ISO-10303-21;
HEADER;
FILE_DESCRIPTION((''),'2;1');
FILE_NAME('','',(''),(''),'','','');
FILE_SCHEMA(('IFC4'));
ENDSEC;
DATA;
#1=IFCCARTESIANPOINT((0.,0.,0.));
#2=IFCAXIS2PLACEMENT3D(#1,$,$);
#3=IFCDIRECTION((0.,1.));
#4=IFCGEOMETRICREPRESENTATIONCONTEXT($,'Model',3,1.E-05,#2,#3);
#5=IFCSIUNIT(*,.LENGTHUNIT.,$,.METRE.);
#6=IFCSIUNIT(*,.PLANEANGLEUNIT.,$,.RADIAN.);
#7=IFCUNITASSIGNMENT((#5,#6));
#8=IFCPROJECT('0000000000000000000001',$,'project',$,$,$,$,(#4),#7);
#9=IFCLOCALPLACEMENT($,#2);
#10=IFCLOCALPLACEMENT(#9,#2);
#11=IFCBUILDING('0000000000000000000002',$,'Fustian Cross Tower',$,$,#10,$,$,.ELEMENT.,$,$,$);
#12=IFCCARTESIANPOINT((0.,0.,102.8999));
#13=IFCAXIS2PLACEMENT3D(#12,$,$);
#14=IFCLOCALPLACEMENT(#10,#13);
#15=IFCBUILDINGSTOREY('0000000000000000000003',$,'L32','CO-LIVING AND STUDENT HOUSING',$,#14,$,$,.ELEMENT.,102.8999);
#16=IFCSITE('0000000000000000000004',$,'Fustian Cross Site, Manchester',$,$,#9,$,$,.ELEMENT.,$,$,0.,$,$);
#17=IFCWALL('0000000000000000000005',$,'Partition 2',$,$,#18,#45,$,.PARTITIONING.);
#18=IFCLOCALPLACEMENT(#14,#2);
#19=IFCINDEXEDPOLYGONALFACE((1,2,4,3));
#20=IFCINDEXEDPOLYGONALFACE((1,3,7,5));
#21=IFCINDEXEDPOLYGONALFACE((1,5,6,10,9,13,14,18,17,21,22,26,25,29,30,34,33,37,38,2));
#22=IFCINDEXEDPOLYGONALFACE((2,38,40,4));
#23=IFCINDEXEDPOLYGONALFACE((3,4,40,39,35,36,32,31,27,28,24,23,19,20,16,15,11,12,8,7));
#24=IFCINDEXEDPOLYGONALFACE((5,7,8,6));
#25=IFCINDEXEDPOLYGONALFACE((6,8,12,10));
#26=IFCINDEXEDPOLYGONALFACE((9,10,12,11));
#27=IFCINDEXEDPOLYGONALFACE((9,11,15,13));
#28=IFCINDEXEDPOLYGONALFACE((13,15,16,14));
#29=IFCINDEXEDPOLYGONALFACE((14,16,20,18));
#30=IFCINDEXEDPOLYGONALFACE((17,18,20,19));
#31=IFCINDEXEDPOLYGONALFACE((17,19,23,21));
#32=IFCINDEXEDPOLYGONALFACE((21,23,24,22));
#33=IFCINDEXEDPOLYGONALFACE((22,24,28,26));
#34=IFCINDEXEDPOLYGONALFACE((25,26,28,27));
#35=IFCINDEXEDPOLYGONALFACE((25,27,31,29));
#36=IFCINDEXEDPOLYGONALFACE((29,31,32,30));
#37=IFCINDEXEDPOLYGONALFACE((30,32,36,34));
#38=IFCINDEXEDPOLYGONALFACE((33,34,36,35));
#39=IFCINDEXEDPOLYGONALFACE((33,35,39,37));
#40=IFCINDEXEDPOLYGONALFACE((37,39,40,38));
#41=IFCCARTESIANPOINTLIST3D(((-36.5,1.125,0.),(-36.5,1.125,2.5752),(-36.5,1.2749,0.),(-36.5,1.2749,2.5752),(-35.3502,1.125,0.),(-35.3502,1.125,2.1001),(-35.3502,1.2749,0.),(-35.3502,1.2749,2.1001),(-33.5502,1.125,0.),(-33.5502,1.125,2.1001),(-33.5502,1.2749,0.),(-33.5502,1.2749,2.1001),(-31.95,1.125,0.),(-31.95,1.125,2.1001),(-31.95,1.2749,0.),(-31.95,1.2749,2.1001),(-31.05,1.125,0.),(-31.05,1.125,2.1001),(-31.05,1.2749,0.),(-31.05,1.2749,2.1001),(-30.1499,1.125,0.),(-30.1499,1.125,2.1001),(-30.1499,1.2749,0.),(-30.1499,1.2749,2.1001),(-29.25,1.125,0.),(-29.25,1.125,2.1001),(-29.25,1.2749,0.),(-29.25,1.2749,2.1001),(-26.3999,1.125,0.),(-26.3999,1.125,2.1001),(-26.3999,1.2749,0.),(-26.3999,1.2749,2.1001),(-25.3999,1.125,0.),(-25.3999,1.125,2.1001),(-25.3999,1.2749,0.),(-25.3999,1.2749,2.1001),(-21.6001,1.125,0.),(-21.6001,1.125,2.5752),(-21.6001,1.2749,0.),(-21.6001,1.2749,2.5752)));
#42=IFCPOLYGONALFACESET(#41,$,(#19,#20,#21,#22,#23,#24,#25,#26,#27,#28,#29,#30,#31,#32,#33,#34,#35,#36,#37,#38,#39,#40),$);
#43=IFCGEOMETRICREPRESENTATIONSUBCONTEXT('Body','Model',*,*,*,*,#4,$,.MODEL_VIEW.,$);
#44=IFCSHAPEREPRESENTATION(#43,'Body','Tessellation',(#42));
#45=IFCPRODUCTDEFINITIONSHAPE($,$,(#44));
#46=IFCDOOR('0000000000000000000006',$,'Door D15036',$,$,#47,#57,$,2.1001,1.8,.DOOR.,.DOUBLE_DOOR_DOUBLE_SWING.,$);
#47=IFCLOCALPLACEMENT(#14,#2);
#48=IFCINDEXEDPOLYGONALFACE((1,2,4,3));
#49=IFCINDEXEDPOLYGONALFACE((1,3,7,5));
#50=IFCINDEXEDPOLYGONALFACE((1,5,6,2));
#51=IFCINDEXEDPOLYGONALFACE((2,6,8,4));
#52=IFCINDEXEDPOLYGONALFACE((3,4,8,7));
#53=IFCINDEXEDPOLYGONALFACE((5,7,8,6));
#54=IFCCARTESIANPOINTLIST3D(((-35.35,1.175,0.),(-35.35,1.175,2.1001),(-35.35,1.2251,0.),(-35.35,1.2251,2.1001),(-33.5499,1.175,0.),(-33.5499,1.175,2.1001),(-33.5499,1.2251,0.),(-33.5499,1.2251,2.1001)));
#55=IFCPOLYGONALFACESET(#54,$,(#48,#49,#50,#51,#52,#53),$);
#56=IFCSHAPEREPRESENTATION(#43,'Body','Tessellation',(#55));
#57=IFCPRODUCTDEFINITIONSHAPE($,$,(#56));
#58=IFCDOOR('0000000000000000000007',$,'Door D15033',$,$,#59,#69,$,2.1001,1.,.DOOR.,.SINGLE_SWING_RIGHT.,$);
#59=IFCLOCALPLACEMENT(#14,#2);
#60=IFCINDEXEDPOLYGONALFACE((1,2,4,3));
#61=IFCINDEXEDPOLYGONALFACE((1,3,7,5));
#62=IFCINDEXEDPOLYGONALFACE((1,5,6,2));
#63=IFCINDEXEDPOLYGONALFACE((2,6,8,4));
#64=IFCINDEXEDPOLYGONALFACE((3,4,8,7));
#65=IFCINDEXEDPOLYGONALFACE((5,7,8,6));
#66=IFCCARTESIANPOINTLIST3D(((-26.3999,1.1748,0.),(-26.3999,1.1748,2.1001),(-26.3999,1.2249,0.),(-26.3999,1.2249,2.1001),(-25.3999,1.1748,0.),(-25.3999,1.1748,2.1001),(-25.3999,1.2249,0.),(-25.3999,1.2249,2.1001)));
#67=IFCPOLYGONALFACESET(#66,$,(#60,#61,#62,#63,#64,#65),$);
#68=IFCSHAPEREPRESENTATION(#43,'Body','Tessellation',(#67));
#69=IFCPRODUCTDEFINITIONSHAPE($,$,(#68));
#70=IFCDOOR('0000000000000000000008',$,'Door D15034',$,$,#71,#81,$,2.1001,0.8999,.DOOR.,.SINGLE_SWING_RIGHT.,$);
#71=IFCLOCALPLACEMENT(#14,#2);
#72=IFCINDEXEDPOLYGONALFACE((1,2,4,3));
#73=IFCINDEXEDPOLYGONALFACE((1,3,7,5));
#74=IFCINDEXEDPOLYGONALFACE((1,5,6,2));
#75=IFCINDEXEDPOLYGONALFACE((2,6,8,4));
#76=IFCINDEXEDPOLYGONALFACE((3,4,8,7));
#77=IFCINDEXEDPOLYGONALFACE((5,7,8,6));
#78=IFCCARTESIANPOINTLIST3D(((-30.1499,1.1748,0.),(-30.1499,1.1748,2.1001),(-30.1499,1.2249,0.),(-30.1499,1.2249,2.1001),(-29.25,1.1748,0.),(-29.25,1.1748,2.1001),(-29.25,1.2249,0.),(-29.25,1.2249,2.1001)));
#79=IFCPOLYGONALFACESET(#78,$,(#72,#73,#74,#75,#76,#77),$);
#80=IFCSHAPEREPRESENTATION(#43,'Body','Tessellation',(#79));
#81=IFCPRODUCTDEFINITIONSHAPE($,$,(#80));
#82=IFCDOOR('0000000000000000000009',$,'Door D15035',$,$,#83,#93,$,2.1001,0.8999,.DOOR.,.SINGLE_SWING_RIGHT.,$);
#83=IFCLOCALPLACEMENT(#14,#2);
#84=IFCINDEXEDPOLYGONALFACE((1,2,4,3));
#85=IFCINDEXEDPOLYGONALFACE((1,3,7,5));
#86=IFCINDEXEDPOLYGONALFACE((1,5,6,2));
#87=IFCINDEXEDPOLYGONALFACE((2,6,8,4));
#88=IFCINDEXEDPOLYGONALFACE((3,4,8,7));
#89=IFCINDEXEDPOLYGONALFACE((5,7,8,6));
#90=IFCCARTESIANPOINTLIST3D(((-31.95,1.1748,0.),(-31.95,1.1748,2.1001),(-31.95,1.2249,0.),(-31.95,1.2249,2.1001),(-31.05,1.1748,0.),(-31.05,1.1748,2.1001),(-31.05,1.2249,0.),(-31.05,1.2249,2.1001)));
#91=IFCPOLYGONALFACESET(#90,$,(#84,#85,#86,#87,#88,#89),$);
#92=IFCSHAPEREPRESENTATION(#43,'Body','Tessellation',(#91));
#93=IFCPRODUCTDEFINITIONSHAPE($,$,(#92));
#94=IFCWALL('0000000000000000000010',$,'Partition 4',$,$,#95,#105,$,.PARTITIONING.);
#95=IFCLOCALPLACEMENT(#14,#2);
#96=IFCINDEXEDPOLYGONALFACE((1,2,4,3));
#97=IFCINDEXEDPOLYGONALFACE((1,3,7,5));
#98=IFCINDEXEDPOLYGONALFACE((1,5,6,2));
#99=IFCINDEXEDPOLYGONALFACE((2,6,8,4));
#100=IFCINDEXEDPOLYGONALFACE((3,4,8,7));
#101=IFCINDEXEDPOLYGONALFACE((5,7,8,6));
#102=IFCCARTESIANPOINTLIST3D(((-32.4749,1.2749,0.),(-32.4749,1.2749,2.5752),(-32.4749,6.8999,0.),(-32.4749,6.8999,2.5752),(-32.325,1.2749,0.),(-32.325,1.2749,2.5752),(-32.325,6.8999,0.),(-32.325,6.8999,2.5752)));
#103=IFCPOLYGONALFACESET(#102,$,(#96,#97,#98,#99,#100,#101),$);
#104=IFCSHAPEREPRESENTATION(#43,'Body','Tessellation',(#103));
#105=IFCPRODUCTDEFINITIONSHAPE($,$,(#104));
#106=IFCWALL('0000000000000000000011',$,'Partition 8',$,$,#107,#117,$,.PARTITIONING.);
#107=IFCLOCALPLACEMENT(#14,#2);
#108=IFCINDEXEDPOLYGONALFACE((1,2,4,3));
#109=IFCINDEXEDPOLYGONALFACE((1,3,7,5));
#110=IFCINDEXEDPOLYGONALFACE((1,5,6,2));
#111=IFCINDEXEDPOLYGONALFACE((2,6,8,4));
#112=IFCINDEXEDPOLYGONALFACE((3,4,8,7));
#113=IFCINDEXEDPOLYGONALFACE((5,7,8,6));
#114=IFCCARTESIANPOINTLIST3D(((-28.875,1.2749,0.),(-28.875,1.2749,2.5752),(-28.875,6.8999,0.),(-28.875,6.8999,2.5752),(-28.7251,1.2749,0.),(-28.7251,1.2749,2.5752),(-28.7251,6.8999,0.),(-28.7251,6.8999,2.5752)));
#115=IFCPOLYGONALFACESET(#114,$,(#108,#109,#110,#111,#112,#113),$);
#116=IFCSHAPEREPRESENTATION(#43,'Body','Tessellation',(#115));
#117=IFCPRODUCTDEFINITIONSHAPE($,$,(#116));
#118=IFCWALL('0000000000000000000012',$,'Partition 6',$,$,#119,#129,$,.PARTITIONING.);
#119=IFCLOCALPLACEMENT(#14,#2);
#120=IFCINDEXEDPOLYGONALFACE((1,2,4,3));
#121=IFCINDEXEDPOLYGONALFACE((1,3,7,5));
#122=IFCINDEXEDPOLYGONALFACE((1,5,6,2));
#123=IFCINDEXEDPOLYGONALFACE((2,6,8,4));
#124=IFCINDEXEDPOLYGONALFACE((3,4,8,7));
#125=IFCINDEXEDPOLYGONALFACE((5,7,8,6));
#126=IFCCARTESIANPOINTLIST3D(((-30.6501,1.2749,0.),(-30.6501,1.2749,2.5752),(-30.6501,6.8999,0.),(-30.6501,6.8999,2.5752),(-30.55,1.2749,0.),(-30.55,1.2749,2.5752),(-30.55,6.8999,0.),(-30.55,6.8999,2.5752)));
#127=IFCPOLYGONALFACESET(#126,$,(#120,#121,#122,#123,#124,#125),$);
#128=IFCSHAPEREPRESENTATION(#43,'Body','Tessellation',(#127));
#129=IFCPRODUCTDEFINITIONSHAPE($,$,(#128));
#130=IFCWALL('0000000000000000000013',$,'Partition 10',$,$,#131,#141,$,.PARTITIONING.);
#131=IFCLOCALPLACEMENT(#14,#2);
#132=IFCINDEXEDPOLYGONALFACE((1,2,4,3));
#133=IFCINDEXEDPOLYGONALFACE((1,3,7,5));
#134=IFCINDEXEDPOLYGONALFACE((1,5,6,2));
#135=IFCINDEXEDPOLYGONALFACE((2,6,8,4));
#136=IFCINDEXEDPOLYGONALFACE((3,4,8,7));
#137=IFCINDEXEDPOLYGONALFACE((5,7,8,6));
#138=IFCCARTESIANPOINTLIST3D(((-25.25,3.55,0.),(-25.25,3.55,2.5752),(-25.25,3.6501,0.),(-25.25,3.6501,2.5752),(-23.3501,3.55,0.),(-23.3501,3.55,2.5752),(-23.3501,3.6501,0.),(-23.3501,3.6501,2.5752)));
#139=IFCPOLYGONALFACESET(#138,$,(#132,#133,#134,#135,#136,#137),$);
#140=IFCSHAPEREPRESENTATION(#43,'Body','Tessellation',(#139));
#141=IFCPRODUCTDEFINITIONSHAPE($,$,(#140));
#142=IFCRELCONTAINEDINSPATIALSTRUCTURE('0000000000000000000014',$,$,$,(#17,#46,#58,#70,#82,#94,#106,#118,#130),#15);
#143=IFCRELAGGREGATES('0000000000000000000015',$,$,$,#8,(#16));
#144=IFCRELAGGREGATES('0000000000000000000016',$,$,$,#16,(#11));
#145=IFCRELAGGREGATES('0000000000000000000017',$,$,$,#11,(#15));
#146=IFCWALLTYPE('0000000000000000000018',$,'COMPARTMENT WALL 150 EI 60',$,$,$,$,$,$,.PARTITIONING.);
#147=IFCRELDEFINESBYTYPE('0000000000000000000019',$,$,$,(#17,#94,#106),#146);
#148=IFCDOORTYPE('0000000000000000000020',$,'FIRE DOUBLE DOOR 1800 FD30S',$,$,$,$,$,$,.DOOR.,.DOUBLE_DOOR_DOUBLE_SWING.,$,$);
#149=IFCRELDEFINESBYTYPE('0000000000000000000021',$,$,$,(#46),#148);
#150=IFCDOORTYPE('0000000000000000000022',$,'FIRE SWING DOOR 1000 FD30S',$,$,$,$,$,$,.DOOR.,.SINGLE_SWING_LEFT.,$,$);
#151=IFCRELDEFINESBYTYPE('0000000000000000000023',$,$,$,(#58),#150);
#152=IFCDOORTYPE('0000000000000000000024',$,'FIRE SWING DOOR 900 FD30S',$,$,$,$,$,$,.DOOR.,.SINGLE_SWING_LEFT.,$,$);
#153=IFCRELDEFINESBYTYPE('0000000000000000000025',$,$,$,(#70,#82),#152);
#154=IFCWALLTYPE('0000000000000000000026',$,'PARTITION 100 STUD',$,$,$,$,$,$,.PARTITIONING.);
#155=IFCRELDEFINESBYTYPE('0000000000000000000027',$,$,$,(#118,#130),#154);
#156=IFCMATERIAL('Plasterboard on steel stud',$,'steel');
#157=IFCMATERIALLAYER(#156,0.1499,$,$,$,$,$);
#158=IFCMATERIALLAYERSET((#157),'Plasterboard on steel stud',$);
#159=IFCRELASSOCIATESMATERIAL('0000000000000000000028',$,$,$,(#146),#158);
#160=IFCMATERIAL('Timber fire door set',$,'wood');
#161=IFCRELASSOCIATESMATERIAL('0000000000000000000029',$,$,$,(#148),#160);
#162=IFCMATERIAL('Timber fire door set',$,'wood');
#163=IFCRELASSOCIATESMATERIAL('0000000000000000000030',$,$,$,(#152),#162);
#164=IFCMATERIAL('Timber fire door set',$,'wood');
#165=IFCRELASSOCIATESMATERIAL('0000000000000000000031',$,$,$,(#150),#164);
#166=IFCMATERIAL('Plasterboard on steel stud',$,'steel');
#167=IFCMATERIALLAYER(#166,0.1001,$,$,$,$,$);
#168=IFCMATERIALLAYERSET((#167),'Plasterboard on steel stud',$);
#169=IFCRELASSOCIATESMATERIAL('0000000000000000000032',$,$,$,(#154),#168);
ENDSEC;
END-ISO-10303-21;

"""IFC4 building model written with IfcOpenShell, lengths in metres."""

from ifc_helpers import new_model, si_unit, direction, frame, frame_2d, origin, place, context, subcontext, project, spatial, rectangle, extrude, material, layer, layer_set, type_object, element, fill, save


model = new_model("IFC4")

# Units and contexts
model_context = context("Model", 3, precision=1e-05, world=origin(), true_north=direction((0.0, 1.0)))
body_context = subcontext(model_context, "Body", "Model", "MODEL_VIEW")
ifc_project = project(units=[si_unit("LENGTHUNIT", "METRE"), si_unit("PLANEANGLEUNIT", "RADIAN")], contexts=[model_context])

# Site, building, storey
site_placement = place(None, origin())
site = spatial("IfcSite", under=ifc_project, at=site_placement, Name="Fustian Cross Site, Manchester", CompositionType="ELEMENT", RefElevation=0.0)
building_placement = place(site_placement, origin())
building = spatial("IfcBuilding", under=site, at=building_placement, Name="Fustian Cross Tower", CompositionType="ELEMENT")
storey_placement = place(building_placement, frame((0.0, 0.0, 102.8999)))
storey = spatial("IfcBuildingStorey", under=building, at=storey_placement, Name="L32", Description="CO-LIVING AND STUDENT HOUSING", CompositionType="ELEMENT", Elevation=102.8999)

# Wall, openings, doors
ifc_material_1 = material(Name="Plasterboard on steel stud", Category="steel")
ifc_layer_1 = layer(ifc_material_1, 0.1499)
ifc_layer_set_1 = layer_set([ifc_layer_1], Name="Plasterboard on steel stud")
wall_type_1 = type_object("IfcWallType", Name="COMPARTMENT WALL 150 EI 60", PredefinedType="PARTITIONING", material=ifc_layer_set_1)
ifc_material_2 = material(Name="Timber fire door set", Category="wood")
door_type_1 = type_object("IfcDoorType", Name="FIRE DOUBLE DOOR 1800 FD30S", OperationType="DOUBLE_DOOR_DOUBLE_SWING", PredefinedType="DOOR", material=ifc_material_2)
ifc_material_3 = material(Name="Timber fire door set", Category="wood")
door_type_2 = type_object("IfcDoorType", Name="FIRE SWING DOOR 900 FD30S", OperationType="SINGLE_SWING_LEFT", PredefinedType="DOOR", material=ifc_material_3)
wall_1_placement = place(storey_placement, frame((-36.5, 1.2, 0.0), z_axis=(0.0, 0.0, 1.0), x_axis=(1.0, 0.0, 0.0)))
wall_1 = element("IfcWall", 1, at=wall_1_placement, inside=storey, type_object=wall_type_1, Name="Partition 2", PredefinedType="PARTITIONING", context=body_context, shape_type="SweptSolid", body=[
    extrude(rectangle(XDim=14.8999, YDim=0.1499, at=frame_2d((7.45, 0.0))), origin(), (0.0, 0.0, 1.0), 2.5752),
])
opening_1_placement = place(wall_1_placement, frame((10.1001, 0.0, 0.0)))
opening_1 = element("IfcOpeningElement", 2, at=opening_1_placement, cuts=wall_1, PredefinedType="OPENING", context=body_context, shape_type="SweptSolid", body=[
    extrude(rectangle(XDim=1.0, YDim=2.1001, at=frame_2d((0.5, 1.05))), frame((0.0, 0.085, 0.0), z_axis=(0.0, -1.0, 0.0), x_axis=(1.0, 0.0, 0.0)), (0.0, 0.0, 1.0), 0.1699),
])
opening_2_placement = place(wall_1_placement, frame((6.3501, 0.0, 0.0)))
opening_2 = element("IfcOpeningElement", 3, at=opening_2_placement, cuts=wall_1, PredefinedType="OPENING", context=body_context, shape_type="SweptSolid", body=[
    extrude(rectangle(XDim=0.8999, YDim=2.1001, at=frame_2d((0.45, 1.05))), frame((0.0, 0.085, 0.0), z_axis=(0.0, -1.0, 0.0), x_axis=(1.0, 0.0, 0.0)), (0.0, 0.0, 1.0), 0.1699),
])
opening_3_placement = place(wall_1_placement, frame((4.55, 0.0, 0.0)))
opening_3 = element("IfcOpeningElement", 4, at=opening_3_placement, cuts=wall_1, PredefinedType="OPENING", context=body_context, shape_type="SweptSolid", body=[
    extrude(rectangle(XDim=0.8999, YDim=2.1001, at=frame_2d((0.45, 1.05))), frame((0.0, 0.085, 0.0), z_axis=(0.0, -1.0, 0.0), x_axis=(1.0, 0.0, 0.0)), (0.0, 0.0, 1.0), 0.1699),
])
opening_4_placement = place(wall_1_placement, frame((1.1499, 0.0, 0.0)))
opening_4 = element("IfcOpeningElement", 5, at=opening_4_placement, cuts=wall_1, PredefinedType="OPENING", context=body_context, shape_type="SweptSolid", body=[
    extrude(rectangle(XDim=1.8, YDim=2.1001, at=frame_2d((0.8999, 1.05))), frame((0.0, 0.085, 0.0), z_axis=(0.0, -1.0, 0.0), x_axis=(1.0, 0.0, 0.0)), (0.0, 0.0, 1.0), 0.1699),
])
door_1_placement = place(opening_4_placement, frame((1.8, 0.0, 0.0), z_axis=(0.0, 0.0, 1.0), x_axis=(-1.0, 0.0, 0.0)))
door_1 = element("IfcDoor", 6, at=door_1_placement, inside=storey, type_object=door_type_1, Name="Door D15036", OperationType="DOUBLE_DOOR_DOUBLE_SWING", OverallHeight=2.1001, OverallWidth=1.8, PredefinedType="DOOR", context=body_context, shape_type="SweptSolid", body=[
    extrude(rectangle(XDim=1.8, YDim=2.1001, at=frame_2d((0.8999, 1.05))), frame((0.0, 0.0249, 0.0), z_axis=(0.0, -1.0, 0.0), x_axis=(1.0, 0.0, 0.0)), (0.0, 0.0, 1.0), 0.05),
])
fill(opening_4, door_1)
ifc_material_4 = material(Name="Timber fire door set", Category="wood")
door_type_3 = type_object("IfcDoorType", Name="FIRE SWING DOOR 1000 FD30S", OperationType="SINGLE_SWING_LEFT", PredefinedType="DOOR", material=ifc_material_4)
door_2_placement = place(opening_1_placement, origin())
door_2 = element("IfcDoor", 7, at=door_2_placement, inside=storey, type_object=door_type_3, Name="Door D15033", OperationType="SINGLE_SWING_RIGHT", OverallHeight=2.1001, OverallWidth=1.0, PredefinedType="DOOR", context=body_context, shape_type="SweptSolid", body=[
    extrude(rectangle(XDim=1.0, YDim=2.1001, at=frame_2d((0.5, 1.05))), frame((0.0, 0.0249, 0.0), z_axis=(0.0, -1.0, 0.0), x_axis=(1.0, 0.0, 0.0)), (0.0, 0.0, 1.0), 0.05),
])
fill(opening_1, door_2)
door_3_placement = place(opening_2_placement, origin())
door_3 = element("IfcDoor", 8, at=door_3_placement, inside=storey, type_object=door_type_2, Name="Door D15034", OperationType="SINGLE_SWING_RIGHT", OverallHeight=2.1001, OverallWidth=0.8999, PredefinedType="DOOR", context=body_context, shape_type="SweptSolid", body=[
    extrude(rectangle(XDim=0.8999, YDim=2.1001, at=frame_2d((0.45, 1.05))), frame((0.0, 0.0249, 0.0), z_axis=(0.0, -1.0, 0.0), x_axis=(1.0, 0.0, 0.0)), (0.0, 0.0, 1.0), 0.05),
])
fill(opening_2, door_3)
door_4_placement = place(opening_3_placement, origin())
door_4 = element("IfcDoor", 9, at=door_4_placement, inside=storey, type_object=door_type_2, Name="Door D15035", OperationType="SINGLE_SWING_RIGHT", OverallHeight=2.1001, OverallWidth=0.8999, PredefinedType="DOOR", context=body_context, shape_type="SweptSolid", body=[
    extrude(rectangle(XDim=0.8999, YDim=2.1001, at=frame_2d((0.45, 1.05))), frame((0.0, 0.0249, 0.0), z_axis=(0.0, -1.0, 0.0), x_axis=(1.0, 0.0, 0.0)), (0.0, 0.0, 1.0), 0.05),
])
fill(opening_3, door_4)

# Walls
for number, where, z_axis, x_axis, name in (
    (10, (-32.3999, 1.2749, 0.0), (0.0, 0.0, 1.0), (0.0, 1.0, 0.0), "Partition 4"),
    (11, (-28.8, 1.2749, 0.0), (0.0, 0.0, 1.0), (0.0, 1.0, 0.0), "Partition 8"),
):
    element("IfcWall", number, at=place(storey_placement, frame(where, z_axis=z_axis, x_axis=x_axis)), inside=storey, type_object=wall_type_1, Name=name, PredefinedType="PARTITIONING", context=body_context, shape_type="SweptSolid", body=[
        extrude(rectangle(XDim=5.625, YDim=0.1499, at=frame_2d((2.8125, 0.0))), origin(), (0.0, 0.0, 1.0), 2.5752),
    ])
ifc_material_5 = material(Name="Plasterboard on steel stud", Category="steel")
ifc_layer_2 = layer(ifc_material_5, 0.1001)
ifc_layer_set_2 = layer_set([ifc_layer_2], Name="Plasterboard on steel stud")
wall_type_2 = type_object("IfcWallType", Name="PARTITION 100 STUD", PredefinedType="PARTITIONING", material=ifc_layer_set_2)
wall_2_placement = place(storey_placement, frame((-30.6001, 1.2749, 0.0), z_axis=(0.0, 0.0, 1.0), x_axis=(0.0, 1.0, 0.0)))
element("IfcWall", 12, at=wall_2_placement, inside=storey, type_object=wall_type_2, Name="Partition 6", PredefinedType="PARTITIONING", context=body_context, shape_type="SweptSolid", body=[
    extrude(rectangle(XDim=5.625, YDim=0.1001, at=frame_2d((2.8125, 0.0))), origin(), (0.0, 0.0, 1.0), 2.5752),
])
wall_3_placement = place(storey_placement, frame((-25.25, 3.6001, 0.0), z_axis=(0.0, 0.0, 1.0), x_axis=(1.0, 0.0, 0.0)))
element("IfcWall", 13, at=wall_3_placement, inside=storey, type_object=wall_type_2, Name="Partition 10", PredefinedType="PARTITIONING", context=body_context, shape_type="SweptSolid", body=[
    extrude(rectangle(XDim=1.8999, YDim=0.1001, at=frame_2d((0.95, 0.0))), origin(), (0.0, 0.0, 1.0), 2.5752),
])

save(model, "model.ifc")
